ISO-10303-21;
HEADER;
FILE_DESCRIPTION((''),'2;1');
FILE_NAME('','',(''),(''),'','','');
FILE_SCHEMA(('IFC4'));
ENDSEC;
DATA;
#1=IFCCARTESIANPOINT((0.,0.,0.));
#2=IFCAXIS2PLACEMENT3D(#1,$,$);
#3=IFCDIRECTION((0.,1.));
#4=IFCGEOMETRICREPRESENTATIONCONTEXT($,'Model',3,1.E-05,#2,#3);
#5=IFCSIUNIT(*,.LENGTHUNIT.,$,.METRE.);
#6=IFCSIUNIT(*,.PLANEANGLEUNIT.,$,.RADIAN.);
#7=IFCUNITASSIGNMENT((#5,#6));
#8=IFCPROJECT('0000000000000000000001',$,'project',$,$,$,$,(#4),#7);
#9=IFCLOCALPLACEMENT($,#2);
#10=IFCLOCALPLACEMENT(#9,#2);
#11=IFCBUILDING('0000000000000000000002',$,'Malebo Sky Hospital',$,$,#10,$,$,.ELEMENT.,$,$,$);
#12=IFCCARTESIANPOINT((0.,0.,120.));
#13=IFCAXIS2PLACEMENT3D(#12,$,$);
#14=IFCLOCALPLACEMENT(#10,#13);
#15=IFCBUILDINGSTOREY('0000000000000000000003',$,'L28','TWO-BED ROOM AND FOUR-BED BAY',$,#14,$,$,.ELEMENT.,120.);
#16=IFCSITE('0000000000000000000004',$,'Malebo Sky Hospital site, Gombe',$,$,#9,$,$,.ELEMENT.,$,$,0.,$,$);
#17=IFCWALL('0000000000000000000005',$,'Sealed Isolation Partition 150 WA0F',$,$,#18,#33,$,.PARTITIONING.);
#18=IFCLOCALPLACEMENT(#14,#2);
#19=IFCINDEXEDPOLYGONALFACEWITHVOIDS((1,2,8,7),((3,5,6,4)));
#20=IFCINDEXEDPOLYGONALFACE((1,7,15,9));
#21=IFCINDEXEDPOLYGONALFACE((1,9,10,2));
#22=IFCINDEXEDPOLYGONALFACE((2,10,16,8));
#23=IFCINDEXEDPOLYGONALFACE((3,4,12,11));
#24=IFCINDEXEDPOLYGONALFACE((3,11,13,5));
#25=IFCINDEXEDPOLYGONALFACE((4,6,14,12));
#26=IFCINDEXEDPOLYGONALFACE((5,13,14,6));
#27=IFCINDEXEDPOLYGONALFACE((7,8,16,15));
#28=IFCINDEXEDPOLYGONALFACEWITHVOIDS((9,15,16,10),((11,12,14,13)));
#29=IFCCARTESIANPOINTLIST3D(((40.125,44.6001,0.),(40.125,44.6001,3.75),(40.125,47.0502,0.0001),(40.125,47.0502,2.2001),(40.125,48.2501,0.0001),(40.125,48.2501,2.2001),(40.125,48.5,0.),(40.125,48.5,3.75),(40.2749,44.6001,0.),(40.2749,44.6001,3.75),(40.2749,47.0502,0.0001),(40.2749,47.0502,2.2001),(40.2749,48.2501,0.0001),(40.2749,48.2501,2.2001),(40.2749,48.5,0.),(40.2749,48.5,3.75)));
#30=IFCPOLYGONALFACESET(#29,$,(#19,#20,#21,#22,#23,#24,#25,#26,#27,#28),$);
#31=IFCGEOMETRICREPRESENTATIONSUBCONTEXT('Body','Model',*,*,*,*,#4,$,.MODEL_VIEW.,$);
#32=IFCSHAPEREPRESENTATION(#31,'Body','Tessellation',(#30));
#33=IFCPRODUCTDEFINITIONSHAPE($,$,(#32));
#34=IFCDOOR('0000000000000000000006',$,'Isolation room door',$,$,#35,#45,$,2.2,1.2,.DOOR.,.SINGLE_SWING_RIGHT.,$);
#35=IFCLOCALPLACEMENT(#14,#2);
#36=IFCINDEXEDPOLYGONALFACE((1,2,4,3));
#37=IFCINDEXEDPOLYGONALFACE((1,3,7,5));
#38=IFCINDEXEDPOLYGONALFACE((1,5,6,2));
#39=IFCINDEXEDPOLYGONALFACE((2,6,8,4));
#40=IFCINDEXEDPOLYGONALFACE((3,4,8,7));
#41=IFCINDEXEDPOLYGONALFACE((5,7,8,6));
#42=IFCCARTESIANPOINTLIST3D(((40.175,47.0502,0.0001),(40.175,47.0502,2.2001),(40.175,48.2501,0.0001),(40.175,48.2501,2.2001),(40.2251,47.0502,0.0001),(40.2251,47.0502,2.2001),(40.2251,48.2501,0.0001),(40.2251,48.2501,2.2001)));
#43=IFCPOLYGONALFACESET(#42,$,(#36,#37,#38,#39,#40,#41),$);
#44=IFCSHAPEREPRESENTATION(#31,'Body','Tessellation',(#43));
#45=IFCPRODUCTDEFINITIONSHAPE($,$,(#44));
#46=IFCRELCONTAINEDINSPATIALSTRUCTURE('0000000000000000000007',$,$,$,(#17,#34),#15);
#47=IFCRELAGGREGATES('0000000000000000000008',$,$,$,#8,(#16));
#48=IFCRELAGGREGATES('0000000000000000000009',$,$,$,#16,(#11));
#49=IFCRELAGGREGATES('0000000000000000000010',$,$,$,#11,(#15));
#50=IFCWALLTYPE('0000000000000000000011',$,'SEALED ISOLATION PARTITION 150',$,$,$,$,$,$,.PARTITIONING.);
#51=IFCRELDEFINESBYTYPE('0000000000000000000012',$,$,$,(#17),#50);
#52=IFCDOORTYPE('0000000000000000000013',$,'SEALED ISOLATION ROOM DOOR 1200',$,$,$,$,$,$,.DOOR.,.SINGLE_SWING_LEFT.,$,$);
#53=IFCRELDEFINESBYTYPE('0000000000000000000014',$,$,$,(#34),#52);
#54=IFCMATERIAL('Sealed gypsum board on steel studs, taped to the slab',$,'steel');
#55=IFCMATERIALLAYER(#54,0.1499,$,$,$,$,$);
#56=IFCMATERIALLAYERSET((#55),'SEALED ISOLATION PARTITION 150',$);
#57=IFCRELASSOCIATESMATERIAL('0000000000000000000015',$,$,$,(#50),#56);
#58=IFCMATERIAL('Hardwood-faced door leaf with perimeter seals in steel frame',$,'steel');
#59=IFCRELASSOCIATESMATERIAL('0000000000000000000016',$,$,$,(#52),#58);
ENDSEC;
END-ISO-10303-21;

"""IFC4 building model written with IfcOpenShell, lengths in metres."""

from ifc_helpers import new_model, si_unit, direction, frame, frame_2d, origin, place, context, subcontext, project, spatial, rectangle, extrude, material, layer, layer_set, type_object, element, fill, save


model = new_model("IFC4")

# Units and contexts
model_context = context("Model", 3, precision=1e-05, world=origin(), true_north=direction((0.0, 1.0)))
body_context = subcontext(model_context, "Body", "Model", "MODEL_VIEW")
ifc_project = project(units=[si_unit("LENGTHUNIT", "METRE"), si_unit("PLANEANGLEUNIT", "RADIAN")], contexts=[model_context])

# Site, building, storey
site_placement = place(None, origin())
site = spatial("IfcSite", under=ifc_project, at=site_placement, Name="Malebo Sky Hospital site, Gombe", CompositionType="ELEMENT", RefElevation=0.0)
building_placement = place(site_placement, origin())
building = spatial("IfcBuilding", under=site, at=building_placement, Name="Malebo Sky Hospital", CompositionType="ELEMENT")
storey_placement = place(building_placement, frame((0.0, 0.0, 120.0)))
storey = spatial("IfcBuildingStorey", under=building, at=storey_placement, Name="L28", Description="TWO-BED ROOM AND FOUR-BED BAY", CompositionType="ELEMENT", Elevation=120.0)

# Wall, opening, door
ifc_material_1 = material(Name="Sealed gypsum board on steel studs, taped to the slab", Category="steel")
ifc_layer_1 = layer(ifc_material_1, 0.1499)
ifc_layer_set_1 = layer_set([ifc_layer_1], Name="SEALED ISOLATION PARTITION 150")
wall_type_1 = type_object("IfcWallType", Name="SEALED ISOLATION PARTITION 150", PredefinedType="PARTITIONING", material=ifc_layer_set_1)
wall_1_placement = place(storey_placement, frame((40.2, 44.6001, 0.0), z_axis=(0.0, 0.0, 1.0), x_axis=(0.0, 1.0, 0.0)))
wall_1 = element("IfcWall", 1, at=wall_1_placement, inside=storey, type_object=wall_type_1, Name="Sealed Isolation Partition 150 WA0F", PredefinedType="PARTITIONING", context=body_context, shape_type="SweptSolid", body=[
    extrude(rectangle(XDim=3.8999, YDim=0.1499, at=frame_2d((1.95, 0.0))), origin(), (0.0, 0.0, 1.0), 3.75),
])
opening_1_placement = place(wall_1_placement, frame((2.45, 0.0, 0.0)))
opening_1 = element("IfcOpeningElement", 2, at=opening_1_placement, cuts=wall_1, PredefinedType="OPENING", context=body_context, shape_type="SweptSolid", body=[
    extrude(rectangle(XDim=1.2, YDim=2.2, at=frame_2d((0.6001, 1.1001))), frame((0.0, 0.085, 0.0), z_axis=(0.0, -1.0, 0.0), x_axis=(1.0, 0.0, 0.0)), (0.0, 0.0, 1.0), 0.1699),
])
ifc_material_2 = material(Name="Hardwood-faced door leaf with perimeter seals in steel frame", Category="steel")
door_type_1 = type_object("IfcDoorType", Name="SEALED ISOLATION ROOM DOOR 1200", OperationType="SINGLE_SWING_LEFT", PredefinedType="DOOR", material=ifc_material_2)
door_1_placement = place(opening_1_placement, origin())
door_1 = element("IfcDoor", 3, at=door_1_placement, inside=storey, type_object=door_type_1, Name="Isolation room door", OperationType="SINGLE_SWING_RIGHT", OverallHeight=2.2, OverallWidth=1.2, PredefinedType="DOOR", context=body_context, shape_type="SweptSolid", body=[
    extrude(rectangle(XDim=1.2, YDim=2.2, at=frame_2d((0.6001, 1.1001))), frame((0.0, 0.0249, 0.0), z_axis=(0.0, -1.0, 0.0), x_axis=(1.0, 0.0, 0.0)), (0.0, 0.0, 1.0), 0.05),
])
fill(opening_1, door_1)

save(model, "model.ifc")
